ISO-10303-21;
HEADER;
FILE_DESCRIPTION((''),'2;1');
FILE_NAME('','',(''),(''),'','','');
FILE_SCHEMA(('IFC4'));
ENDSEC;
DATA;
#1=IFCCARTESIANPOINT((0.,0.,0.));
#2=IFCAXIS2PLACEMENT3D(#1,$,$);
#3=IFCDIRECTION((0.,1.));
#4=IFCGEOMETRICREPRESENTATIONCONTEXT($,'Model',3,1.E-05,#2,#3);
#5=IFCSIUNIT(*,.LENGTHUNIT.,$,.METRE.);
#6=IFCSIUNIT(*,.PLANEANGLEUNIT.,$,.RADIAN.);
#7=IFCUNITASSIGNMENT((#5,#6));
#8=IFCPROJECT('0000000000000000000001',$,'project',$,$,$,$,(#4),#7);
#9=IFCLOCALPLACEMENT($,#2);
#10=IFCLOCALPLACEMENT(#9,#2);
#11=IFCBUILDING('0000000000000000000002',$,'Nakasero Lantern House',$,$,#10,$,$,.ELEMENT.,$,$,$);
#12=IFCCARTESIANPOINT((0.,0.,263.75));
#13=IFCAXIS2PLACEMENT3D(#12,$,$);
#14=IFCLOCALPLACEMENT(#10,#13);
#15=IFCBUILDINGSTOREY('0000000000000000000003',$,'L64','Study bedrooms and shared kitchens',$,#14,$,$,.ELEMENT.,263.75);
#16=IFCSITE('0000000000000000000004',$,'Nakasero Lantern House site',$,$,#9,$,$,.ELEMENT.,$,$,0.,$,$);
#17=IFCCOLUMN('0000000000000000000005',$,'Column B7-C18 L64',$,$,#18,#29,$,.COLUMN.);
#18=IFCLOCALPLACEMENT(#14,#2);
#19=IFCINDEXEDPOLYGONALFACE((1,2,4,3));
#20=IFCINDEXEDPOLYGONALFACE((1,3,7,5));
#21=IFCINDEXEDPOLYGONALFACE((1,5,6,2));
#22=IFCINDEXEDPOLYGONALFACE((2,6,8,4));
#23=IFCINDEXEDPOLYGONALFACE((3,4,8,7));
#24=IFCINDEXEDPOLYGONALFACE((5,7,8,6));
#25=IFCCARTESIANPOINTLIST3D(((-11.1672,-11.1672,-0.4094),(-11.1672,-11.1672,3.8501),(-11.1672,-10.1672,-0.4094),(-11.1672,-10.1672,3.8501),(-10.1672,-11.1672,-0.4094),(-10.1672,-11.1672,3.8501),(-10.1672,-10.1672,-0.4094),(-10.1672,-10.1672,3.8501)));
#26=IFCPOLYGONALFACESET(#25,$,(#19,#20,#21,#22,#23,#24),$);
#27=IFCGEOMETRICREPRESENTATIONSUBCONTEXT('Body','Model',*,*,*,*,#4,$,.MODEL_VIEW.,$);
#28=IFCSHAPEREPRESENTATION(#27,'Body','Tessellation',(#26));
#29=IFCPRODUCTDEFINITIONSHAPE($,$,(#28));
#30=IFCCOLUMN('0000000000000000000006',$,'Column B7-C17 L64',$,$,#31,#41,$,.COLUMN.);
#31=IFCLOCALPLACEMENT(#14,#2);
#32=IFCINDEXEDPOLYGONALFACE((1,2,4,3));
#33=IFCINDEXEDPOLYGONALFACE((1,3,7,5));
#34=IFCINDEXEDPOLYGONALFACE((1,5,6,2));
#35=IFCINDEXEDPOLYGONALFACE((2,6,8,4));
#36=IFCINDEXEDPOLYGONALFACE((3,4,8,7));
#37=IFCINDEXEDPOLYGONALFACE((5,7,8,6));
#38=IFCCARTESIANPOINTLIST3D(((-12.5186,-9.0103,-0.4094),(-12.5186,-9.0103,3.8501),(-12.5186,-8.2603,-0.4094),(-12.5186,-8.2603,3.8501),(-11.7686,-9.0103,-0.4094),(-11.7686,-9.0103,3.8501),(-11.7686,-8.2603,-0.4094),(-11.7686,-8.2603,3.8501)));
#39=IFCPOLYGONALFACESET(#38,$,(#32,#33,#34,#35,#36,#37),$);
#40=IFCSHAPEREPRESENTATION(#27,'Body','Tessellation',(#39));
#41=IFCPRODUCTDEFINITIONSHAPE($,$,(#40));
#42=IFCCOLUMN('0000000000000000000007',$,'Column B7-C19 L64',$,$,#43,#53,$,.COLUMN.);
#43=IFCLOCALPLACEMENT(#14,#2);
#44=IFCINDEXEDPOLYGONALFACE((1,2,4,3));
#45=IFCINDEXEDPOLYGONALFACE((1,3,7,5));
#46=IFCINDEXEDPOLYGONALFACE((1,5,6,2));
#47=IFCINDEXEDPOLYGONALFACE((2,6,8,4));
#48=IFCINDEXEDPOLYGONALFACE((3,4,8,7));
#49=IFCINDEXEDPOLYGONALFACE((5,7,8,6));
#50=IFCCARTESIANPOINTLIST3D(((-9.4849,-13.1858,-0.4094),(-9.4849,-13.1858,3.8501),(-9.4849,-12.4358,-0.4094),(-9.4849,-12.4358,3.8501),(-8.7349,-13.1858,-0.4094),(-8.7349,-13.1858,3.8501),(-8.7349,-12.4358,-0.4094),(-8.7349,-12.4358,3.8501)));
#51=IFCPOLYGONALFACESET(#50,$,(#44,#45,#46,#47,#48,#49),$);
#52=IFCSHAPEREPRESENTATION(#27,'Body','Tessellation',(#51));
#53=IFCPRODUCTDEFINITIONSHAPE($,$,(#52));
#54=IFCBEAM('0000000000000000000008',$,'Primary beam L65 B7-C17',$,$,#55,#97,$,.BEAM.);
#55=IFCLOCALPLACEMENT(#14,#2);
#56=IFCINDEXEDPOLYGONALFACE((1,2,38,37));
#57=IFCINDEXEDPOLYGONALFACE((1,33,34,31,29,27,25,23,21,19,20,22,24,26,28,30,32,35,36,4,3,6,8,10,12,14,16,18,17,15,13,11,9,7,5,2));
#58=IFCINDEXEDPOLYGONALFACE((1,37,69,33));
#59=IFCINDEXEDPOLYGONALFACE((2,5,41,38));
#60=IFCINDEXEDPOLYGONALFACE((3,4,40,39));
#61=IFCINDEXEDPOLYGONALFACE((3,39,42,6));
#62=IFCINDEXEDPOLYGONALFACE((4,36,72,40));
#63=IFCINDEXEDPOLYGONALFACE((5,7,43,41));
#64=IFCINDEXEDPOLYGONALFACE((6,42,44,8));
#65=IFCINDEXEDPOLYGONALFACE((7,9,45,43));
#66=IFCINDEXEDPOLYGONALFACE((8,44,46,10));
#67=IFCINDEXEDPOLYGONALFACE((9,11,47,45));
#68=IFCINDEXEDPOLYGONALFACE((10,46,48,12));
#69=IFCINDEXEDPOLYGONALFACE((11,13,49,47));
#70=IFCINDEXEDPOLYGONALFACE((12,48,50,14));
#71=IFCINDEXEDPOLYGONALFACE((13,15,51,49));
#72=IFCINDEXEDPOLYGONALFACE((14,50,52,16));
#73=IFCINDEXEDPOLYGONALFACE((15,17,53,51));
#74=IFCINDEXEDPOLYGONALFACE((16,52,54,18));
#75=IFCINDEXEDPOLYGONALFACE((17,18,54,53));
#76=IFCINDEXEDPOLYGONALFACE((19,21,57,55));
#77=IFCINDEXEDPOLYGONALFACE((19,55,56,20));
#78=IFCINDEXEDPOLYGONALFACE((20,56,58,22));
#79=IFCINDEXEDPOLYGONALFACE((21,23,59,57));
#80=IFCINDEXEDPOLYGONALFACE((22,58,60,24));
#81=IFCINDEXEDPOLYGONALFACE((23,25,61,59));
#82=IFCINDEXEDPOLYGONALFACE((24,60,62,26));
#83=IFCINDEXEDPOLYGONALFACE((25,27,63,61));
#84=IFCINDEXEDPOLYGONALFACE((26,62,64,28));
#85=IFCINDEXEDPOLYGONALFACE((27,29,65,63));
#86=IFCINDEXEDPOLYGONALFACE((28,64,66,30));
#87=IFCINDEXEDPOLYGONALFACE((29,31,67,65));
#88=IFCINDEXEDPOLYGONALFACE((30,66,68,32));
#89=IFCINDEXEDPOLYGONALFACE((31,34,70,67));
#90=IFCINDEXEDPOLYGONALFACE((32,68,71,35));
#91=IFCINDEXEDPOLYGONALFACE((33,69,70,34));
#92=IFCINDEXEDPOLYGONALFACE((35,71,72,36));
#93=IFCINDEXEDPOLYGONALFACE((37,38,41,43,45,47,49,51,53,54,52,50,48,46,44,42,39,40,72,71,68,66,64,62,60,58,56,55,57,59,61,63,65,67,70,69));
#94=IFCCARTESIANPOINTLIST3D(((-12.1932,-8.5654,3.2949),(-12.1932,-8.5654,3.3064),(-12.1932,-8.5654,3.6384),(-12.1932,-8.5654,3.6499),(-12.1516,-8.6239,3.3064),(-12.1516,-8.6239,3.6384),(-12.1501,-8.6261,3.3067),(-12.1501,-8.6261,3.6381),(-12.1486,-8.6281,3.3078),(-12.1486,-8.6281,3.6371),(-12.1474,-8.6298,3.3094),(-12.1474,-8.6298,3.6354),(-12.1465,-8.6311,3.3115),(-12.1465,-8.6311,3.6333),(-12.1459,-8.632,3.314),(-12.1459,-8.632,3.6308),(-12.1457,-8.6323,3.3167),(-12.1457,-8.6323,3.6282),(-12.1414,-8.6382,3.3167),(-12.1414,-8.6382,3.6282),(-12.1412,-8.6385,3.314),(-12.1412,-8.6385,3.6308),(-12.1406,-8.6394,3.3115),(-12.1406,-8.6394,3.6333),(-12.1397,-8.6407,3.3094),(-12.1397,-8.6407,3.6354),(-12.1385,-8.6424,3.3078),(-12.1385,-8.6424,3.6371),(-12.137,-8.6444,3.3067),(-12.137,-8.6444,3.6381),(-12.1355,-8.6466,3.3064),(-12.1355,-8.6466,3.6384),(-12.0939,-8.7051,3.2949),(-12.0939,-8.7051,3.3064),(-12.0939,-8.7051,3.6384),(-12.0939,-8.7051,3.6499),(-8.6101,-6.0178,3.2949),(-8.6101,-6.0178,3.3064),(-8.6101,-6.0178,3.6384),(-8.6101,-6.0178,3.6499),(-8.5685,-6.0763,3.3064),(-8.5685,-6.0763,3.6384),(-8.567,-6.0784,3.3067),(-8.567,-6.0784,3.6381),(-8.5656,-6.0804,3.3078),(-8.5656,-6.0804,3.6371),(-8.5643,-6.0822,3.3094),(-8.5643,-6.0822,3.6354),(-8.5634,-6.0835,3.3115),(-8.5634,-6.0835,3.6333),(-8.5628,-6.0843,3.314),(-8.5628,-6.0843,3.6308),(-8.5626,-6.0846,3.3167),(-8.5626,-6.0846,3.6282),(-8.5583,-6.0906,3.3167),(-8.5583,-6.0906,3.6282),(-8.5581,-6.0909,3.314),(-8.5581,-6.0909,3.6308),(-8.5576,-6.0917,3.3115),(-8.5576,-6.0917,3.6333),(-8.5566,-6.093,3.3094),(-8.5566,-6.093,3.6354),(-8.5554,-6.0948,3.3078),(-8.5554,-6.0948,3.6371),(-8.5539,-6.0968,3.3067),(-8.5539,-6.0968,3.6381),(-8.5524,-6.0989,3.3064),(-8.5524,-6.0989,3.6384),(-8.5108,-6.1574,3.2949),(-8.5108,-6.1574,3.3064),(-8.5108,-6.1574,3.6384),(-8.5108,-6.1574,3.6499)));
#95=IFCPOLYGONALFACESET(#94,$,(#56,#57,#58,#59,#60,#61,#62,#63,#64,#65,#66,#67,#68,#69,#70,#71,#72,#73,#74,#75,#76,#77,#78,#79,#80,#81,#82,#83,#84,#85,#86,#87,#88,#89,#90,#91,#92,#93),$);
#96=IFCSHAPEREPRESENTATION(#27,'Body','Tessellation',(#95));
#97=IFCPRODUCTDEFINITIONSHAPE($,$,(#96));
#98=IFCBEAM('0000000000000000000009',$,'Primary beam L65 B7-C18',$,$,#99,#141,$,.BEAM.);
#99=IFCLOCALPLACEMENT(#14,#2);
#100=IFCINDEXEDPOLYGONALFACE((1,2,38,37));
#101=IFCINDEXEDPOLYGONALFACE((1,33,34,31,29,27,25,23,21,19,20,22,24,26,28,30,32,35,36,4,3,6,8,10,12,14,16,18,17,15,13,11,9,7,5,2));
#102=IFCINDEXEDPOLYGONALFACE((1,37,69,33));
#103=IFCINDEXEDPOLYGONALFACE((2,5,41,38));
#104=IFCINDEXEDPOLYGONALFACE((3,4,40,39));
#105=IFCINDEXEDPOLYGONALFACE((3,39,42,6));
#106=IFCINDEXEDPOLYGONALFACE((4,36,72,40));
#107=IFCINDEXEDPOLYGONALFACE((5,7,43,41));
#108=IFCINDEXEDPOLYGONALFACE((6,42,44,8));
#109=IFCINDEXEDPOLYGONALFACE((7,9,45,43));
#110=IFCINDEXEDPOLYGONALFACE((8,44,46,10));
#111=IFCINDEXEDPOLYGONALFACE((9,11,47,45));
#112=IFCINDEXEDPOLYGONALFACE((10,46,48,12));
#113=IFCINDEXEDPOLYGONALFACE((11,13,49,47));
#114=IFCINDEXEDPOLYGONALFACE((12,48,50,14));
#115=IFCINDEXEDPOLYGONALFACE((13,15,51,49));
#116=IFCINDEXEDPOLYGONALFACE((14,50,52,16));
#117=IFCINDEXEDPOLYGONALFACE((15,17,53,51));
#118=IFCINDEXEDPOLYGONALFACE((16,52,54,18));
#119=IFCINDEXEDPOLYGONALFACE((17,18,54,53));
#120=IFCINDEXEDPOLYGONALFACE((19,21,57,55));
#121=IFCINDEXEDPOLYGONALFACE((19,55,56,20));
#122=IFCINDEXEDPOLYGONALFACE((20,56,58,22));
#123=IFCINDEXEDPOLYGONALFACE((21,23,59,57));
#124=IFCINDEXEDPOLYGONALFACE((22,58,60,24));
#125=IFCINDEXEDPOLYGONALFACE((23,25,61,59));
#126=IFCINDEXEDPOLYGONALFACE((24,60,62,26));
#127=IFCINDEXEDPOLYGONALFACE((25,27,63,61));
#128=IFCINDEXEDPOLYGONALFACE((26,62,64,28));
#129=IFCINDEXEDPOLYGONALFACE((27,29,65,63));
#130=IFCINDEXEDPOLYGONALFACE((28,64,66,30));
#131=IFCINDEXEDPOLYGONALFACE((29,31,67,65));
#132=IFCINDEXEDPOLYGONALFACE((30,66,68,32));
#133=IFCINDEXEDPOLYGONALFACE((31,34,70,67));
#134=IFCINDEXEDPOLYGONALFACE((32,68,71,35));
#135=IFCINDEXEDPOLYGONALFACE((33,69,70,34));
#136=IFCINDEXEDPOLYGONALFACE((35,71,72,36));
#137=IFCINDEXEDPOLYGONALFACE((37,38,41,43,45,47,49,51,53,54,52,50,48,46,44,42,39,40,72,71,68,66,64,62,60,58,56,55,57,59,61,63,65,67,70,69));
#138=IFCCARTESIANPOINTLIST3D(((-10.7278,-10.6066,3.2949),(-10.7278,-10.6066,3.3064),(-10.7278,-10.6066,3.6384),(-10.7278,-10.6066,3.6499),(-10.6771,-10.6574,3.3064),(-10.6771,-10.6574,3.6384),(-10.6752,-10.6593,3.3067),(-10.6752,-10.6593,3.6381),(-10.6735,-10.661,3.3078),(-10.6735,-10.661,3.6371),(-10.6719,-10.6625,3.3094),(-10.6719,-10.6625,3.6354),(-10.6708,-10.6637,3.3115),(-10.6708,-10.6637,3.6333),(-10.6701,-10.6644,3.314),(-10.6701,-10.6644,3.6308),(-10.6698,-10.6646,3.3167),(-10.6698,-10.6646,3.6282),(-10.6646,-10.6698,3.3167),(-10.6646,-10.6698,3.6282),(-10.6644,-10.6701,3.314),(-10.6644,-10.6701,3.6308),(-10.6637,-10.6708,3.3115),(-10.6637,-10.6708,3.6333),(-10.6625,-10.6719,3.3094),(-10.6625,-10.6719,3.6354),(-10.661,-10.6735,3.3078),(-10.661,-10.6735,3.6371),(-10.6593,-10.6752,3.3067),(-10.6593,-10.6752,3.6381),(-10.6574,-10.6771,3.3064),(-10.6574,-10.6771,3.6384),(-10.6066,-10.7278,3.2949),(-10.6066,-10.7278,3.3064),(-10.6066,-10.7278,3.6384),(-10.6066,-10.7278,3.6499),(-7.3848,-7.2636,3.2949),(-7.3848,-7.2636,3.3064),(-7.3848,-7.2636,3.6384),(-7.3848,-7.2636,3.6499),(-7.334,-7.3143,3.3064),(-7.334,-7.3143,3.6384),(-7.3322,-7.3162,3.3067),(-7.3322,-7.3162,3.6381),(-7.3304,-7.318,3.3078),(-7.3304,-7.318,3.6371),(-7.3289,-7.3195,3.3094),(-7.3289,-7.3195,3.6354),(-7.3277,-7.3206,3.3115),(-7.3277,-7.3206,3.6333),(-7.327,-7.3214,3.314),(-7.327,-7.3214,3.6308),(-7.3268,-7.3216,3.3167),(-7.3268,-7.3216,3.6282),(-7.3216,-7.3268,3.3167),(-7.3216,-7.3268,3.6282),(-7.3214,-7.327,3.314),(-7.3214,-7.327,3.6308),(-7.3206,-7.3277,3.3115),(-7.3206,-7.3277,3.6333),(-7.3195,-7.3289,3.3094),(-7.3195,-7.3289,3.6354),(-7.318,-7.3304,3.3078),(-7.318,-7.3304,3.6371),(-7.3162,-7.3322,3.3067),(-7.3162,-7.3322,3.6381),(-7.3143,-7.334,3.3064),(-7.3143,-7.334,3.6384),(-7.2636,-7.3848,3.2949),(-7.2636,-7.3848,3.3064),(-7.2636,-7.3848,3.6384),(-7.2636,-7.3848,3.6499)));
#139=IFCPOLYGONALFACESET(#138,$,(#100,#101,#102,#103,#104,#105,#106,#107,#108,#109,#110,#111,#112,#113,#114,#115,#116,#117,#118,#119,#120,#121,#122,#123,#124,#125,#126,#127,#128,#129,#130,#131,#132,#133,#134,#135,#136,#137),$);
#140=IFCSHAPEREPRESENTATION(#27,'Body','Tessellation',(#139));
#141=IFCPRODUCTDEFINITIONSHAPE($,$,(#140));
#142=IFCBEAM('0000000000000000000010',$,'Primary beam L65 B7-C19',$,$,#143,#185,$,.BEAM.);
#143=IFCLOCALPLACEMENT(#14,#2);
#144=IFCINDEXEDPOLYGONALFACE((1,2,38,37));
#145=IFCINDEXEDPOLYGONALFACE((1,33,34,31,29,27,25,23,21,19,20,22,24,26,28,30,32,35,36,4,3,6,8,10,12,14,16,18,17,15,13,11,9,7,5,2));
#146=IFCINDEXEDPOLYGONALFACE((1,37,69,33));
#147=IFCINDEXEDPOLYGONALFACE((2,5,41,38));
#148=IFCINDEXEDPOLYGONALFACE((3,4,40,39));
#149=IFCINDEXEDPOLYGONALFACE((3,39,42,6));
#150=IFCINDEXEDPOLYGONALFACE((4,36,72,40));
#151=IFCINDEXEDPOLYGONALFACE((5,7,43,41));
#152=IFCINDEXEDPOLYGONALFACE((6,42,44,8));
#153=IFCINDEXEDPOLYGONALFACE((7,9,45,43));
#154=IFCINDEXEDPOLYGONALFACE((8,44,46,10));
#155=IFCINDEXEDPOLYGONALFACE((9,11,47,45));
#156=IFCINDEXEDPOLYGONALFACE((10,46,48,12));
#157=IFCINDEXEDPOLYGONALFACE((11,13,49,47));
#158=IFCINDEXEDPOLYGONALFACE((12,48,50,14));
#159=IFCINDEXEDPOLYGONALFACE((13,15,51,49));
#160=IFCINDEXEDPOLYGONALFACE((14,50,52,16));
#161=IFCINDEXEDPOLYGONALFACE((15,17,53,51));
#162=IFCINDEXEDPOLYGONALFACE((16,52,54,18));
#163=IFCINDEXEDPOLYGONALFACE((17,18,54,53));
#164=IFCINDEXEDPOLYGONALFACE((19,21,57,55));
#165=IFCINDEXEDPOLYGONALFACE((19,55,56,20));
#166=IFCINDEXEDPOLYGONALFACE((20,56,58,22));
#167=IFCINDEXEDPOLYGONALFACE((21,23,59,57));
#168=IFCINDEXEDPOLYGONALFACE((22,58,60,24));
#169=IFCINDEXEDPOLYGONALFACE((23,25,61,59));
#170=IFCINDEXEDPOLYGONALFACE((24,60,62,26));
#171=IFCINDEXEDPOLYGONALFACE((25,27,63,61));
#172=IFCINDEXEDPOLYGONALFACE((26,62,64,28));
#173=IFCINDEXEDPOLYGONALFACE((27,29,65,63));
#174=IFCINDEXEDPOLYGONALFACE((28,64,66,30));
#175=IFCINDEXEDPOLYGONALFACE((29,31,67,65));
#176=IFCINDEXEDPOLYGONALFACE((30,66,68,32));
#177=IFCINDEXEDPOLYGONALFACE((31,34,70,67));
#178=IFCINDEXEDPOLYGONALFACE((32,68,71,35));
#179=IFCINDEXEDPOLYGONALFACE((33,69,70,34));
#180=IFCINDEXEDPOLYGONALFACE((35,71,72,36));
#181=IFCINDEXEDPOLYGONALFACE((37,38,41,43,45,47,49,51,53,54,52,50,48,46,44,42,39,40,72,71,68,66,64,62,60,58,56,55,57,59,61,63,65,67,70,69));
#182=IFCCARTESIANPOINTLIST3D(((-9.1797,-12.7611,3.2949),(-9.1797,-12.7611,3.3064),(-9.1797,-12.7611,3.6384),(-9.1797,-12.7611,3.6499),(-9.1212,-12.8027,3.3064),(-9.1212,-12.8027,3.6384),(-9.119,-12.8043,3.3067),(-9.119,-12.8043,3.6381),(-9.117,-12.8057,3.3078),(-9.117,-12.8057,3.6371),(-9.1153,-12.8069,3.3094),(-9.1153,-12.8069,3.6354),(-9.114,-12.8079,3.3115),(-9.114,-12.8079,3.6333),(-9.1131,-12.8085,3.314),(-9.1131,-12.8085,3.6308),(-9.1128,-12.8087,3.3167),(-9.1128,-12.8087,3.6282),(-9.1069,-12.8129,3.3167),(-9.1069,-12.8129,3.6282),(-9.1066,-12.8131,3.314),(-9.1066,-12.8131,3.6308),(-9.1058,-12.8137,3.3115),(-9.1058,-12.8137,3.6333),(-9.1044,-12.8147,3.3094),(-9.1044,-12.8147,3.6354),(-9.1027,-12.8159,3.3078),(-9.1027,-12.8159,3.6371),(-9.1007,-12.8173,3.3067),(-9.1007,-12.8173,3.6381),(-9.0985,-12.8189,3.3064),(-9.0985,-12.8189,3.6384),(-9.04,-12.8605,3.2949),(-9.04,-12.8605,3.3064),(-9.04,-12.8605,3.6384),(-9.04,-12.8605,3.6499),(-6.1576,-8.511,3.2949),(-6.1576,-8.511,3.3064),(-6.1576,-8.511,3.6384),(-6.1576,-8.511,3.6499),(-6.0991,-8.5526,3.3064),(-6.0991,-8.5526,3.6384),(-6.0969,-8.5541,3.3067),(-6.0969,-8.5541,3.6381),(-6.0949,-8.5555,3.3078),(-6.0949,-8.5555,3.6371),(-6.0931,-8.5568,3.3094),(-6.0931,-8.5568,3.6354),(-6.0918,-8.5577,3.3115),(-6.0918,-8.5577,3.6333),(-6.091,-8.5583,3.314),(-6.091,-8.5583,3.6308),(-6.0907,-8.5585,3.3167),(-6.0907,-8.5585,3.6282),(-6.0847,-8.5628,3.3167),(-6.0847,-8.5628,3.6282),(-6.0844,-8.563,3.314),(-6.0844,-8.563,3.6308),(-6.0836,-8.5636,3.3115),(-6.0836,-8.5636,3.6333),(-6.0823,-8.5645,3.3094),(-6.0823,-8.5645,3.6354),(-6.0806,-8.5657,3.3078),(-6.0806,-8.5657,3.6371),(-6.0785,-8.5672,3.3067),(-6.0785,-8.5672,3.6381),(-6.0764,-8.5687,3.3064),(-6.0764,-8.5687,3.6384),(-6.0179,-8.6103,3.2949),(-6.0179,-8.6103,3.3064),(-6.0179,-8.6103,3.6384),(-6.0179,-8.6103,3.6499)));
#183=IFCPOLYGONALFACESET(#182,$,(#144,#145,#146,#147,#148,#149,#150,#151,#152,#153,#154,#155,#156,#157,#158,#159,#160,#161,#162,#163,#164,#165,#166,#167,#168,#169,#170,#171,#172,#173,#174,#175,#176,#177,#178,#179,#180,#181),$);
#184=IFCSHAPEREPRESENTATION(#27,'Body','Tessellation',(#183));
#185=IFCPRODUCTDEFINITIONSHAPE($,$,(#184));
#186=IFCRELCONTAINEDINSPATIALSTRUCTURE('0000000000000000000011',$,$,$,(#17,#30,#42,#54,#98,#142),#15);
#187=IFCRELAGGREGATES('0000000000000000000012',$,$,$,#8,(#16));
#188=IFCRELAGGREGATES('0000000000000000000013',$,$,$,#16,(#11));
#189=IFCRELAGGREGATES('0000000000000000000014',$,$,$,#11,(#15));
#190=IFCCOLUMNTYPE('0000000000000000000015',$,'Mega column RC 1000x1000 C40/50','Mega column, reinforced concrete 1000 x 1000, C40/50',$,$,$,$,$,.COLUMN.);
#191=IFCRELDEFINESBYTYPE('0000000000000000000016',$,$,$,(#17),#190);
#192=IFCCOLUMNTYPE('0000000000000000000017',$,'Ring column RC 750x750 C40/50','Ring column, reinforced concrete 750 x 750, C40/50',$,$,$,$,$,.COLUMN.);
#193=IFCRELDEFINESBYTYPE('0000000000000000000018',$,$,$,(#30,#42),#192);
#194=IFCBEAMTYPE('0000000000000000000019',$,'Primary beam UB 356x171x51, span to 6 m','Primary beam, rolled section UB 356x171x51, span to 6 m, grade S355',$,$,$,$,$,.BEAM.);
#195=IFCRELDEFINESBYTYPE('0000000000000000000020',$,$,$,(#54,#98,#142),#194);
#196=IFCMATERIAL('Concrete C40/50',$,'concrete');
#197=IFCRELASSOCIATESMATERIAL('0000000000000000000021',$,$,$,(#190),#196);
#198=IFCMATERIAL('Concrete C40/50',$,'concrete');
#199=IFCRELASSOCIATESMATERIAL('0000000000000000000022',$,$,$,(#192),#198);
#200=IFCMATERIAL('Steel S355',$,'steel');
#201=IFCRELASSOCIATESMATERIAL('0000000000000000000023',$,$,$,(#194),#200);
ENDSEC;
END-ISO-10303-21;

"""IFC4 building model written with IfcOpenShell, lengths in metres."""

from ifc_helpers import new_model, si_unit, direction, frame, origin, origin_2d, place, context, subcontext, project, spatial, rectangle, i_section, extrude, material, material_profile, profile_set, type_object, element, save


model = new_model("IFC4")

# Units and contexts
model_context = context("Model", 3, precision=1e-05, world=origin(), true_north=direction((0.0, 1.0)))
body_context = subcontext(model_context, "Body", "Model", "MODEL_VIEW")
ifc_project = project(units=[si_unit("LENGTHUNIT", "METRE"), si_unit("PLANEANGLEUNIT", "RADIAN")], contexts=[model_context])

# Site, building, storey
site_placement = place(None, origin())
site = spatial("IfcSite", under=ifc_project, at=site_placement, Name="Nakasero Lantern House site", CompositionType="ELEMENT", RefElevation=0.0)
building_placement = place(site_placement, origin())
building = spatial("IfcBuilding", under=site, at=building_placement, Name="Nakasero Lantern House", CompositionType="ELEMENT")
storey_placement = place(building_placement, frame((0.0, 0.0, 263.75)))
storey = spatial("IfcBuildingStorey", under=building, at=storey_placement, Name="L64", Description="Study bedrooms and shared kitchens", CompositionType="ELEMENT", Elevation=263.75)

# Columns
ifc_material_1 = material(Name="Concrete C40/50", Category="concrete")
ifc_material_profile_1 = material_profile(ifc_material_1, rectangle(XDim=1.0, YDim=1.0, at=origin_2d()), Name="RC 1000x1000")
ifc_profile_set_1 = profile_set([ifc_material_profile_1], Name="Concrete C40/50")
column_type_1 = type_object("IfcColumnType", Name="Mega column RC 1000x1000 C40/50", Description="Mega column, reinforced concrete 1000 x 1000, C40/50", PredefinedType="COLUMN", material=ifc_profile_set_1)
column_placement = place(storey_placement, frame((-10.6672, -10.6672, -0.4094), z_axis=(0.0, 0.0, 1.0), x_axis=(1.0, 0.0, 0.0)))
element("IfcColumn", 1, at=column_placement, inside=storey, type_object=column_type_1, Name="Column B7-C18 L64", PredefinedType="COLUMN", context=body_context, shape_type="SweptSolid", body=[
    extrude(rectangle(XDim=1.0, YDim=1.0, at=origin_2d()), origin(), (0.0, 0.0, 1.0), 4.2595),
])
ifc_material_2 = material(Name="Concrete C40/50", Category="concrete")
ifc_material_profile_2 = material_profile(ifc_material_2, rectangle(XDim=0.75, YDim=0.75, at=origin_2d()), Name="RC 750x750")
ifc_profile_set_2 = profile_set([ifc_material_profile_2], Name="Concrete C40/50")
column_type_2 = type_object("IfcColumnType", Name="Ring column RC 750x750 C40/50", Description="Ring column, reinforced concrete 750 x 750, C40/50", PredefinedType="COLUMN", material=ifc_profile_set_2)
for number, where, z_axis, x_axis, name in (
    (2, (-12.1436, -8.6353, -0.4094), (0.0, 0.0, 1.0), (1.0, 0.0, 0.0), "Column B7-C17 L64"),
    (3, (-9.1099, -12.8108, -0.4094), (0.0, 0.0, 1.0), (1.0, 0.0, 0.0), "Column B7-C19 L64"),
):
    element("IfcColumn", number, at=place(storey_placement, frame(where, z_axis=z_axis, x_axis=x_axis)), inside=storey, type_object=column_type_2, Name=name, PredefinedType="COLUMN", context=body_context, shape_type="SweptSolid", body=[
        extrude(rectangle(XDim=0.75, YDim=0.75, at=origin_2d()), origin(), (0.0, 0.0, 1.0), 4.2595),
    ])

# Beams
ifc_material_3 = material(Name="Steel S355", Category="steel")
ifc_material_profile_3 = material_profile(ifc_material_3, i_section(OverallWidth=0.1714, OverallDepth=0.355, WebThickness=0.0073, FlangeThickness=0.0115, FilletRadius=0.0103, at=origin_2d()), Name="UB 356x171x51")
ifc_profile_set_3 = profile_set([ifc_material_profile_3], Name="Steel S355")
beam_type_1 = type_object("IfcBeamType", Name="Primary beam UB 356x171x51, span to 6 m", Description="Primary beam, rolled section UB 356x171x51, span to 6 m, grade S355", PredefinedType="BEAM", material=ifc_profile_set_3)
beam_1_placement = place(storey_placement, frame((-12.1436, -8.6353, 3.4724), z_axis=(0.814989, 0.579477, 0.0), x_axis=(-0.579477, 0.814989, 0.0)))
element("IfcBeam", 4, at=beam_1_placement, inside=storey, type_object=beam_type_1, Name="Primary beam L65 B7-C17", PredefinedType="BEAM", context=body_context, shape_type="SweptSolid", body=[
    extrude(i_section(OverallWidth=0.1714, OverallDepth=0.355, WebThickness=0.0073, FlangeThickness=0.0115, FilletRadius=0.0103, at=origin_2d()), origin(), (0.0, 0.0, 1.0), 4.3965),
])
beam_2_placement = place(storey_placement, frame((-10.6672, -10.6672, 3.4724), z_axis=(0.707107, 0.707107, 0.0), x_axis=(-0.707107, 0.707107, 0.0)))
element("IfcBeam", 5, at=beam_2_placement, inside=storey, type_object=beam_type_1, Name="Primary beam L65 B7-C18", PredefinedType="BEAM", context=body_context, shape_type="SweptSolid", body=[
    extrude(i_section(OverallWidth=0.1714, OverallDepth=0.355, WebThickness=0.0073, FlangeThickness=0.0115, FilletRadius=0.0103, at=origin_2d()), origin(), (0.0, 0.0, 1.0), 4.7278),
])
beam_3_placement = place(storey_placement, frame((-9.1099, -12.8108, 3.4724), z_axis=(0.579501, 0.814972, 0.0), x_axis=(-0.814972, 0.579501, 0.0)))
element("IfcBeam", 6, at=beam_3_placement, inside=storey, type_object=beam_type_1, Name="Primary beam L65 B7-C19", PredefinedType="BEAM", context=body_context, shape_type="SweptSolid", body=[
    extrude(i_section(OverallWidth=0.1714, OverallDepth=0.355, WebThickness=0.0073, FlangeThickness=0.0115, FilletRadius=0.0103, at=origin_2d()), origin(), (0.0, 0.0, 1.0), 5.2151),
])

save(model, "model.ifc")
